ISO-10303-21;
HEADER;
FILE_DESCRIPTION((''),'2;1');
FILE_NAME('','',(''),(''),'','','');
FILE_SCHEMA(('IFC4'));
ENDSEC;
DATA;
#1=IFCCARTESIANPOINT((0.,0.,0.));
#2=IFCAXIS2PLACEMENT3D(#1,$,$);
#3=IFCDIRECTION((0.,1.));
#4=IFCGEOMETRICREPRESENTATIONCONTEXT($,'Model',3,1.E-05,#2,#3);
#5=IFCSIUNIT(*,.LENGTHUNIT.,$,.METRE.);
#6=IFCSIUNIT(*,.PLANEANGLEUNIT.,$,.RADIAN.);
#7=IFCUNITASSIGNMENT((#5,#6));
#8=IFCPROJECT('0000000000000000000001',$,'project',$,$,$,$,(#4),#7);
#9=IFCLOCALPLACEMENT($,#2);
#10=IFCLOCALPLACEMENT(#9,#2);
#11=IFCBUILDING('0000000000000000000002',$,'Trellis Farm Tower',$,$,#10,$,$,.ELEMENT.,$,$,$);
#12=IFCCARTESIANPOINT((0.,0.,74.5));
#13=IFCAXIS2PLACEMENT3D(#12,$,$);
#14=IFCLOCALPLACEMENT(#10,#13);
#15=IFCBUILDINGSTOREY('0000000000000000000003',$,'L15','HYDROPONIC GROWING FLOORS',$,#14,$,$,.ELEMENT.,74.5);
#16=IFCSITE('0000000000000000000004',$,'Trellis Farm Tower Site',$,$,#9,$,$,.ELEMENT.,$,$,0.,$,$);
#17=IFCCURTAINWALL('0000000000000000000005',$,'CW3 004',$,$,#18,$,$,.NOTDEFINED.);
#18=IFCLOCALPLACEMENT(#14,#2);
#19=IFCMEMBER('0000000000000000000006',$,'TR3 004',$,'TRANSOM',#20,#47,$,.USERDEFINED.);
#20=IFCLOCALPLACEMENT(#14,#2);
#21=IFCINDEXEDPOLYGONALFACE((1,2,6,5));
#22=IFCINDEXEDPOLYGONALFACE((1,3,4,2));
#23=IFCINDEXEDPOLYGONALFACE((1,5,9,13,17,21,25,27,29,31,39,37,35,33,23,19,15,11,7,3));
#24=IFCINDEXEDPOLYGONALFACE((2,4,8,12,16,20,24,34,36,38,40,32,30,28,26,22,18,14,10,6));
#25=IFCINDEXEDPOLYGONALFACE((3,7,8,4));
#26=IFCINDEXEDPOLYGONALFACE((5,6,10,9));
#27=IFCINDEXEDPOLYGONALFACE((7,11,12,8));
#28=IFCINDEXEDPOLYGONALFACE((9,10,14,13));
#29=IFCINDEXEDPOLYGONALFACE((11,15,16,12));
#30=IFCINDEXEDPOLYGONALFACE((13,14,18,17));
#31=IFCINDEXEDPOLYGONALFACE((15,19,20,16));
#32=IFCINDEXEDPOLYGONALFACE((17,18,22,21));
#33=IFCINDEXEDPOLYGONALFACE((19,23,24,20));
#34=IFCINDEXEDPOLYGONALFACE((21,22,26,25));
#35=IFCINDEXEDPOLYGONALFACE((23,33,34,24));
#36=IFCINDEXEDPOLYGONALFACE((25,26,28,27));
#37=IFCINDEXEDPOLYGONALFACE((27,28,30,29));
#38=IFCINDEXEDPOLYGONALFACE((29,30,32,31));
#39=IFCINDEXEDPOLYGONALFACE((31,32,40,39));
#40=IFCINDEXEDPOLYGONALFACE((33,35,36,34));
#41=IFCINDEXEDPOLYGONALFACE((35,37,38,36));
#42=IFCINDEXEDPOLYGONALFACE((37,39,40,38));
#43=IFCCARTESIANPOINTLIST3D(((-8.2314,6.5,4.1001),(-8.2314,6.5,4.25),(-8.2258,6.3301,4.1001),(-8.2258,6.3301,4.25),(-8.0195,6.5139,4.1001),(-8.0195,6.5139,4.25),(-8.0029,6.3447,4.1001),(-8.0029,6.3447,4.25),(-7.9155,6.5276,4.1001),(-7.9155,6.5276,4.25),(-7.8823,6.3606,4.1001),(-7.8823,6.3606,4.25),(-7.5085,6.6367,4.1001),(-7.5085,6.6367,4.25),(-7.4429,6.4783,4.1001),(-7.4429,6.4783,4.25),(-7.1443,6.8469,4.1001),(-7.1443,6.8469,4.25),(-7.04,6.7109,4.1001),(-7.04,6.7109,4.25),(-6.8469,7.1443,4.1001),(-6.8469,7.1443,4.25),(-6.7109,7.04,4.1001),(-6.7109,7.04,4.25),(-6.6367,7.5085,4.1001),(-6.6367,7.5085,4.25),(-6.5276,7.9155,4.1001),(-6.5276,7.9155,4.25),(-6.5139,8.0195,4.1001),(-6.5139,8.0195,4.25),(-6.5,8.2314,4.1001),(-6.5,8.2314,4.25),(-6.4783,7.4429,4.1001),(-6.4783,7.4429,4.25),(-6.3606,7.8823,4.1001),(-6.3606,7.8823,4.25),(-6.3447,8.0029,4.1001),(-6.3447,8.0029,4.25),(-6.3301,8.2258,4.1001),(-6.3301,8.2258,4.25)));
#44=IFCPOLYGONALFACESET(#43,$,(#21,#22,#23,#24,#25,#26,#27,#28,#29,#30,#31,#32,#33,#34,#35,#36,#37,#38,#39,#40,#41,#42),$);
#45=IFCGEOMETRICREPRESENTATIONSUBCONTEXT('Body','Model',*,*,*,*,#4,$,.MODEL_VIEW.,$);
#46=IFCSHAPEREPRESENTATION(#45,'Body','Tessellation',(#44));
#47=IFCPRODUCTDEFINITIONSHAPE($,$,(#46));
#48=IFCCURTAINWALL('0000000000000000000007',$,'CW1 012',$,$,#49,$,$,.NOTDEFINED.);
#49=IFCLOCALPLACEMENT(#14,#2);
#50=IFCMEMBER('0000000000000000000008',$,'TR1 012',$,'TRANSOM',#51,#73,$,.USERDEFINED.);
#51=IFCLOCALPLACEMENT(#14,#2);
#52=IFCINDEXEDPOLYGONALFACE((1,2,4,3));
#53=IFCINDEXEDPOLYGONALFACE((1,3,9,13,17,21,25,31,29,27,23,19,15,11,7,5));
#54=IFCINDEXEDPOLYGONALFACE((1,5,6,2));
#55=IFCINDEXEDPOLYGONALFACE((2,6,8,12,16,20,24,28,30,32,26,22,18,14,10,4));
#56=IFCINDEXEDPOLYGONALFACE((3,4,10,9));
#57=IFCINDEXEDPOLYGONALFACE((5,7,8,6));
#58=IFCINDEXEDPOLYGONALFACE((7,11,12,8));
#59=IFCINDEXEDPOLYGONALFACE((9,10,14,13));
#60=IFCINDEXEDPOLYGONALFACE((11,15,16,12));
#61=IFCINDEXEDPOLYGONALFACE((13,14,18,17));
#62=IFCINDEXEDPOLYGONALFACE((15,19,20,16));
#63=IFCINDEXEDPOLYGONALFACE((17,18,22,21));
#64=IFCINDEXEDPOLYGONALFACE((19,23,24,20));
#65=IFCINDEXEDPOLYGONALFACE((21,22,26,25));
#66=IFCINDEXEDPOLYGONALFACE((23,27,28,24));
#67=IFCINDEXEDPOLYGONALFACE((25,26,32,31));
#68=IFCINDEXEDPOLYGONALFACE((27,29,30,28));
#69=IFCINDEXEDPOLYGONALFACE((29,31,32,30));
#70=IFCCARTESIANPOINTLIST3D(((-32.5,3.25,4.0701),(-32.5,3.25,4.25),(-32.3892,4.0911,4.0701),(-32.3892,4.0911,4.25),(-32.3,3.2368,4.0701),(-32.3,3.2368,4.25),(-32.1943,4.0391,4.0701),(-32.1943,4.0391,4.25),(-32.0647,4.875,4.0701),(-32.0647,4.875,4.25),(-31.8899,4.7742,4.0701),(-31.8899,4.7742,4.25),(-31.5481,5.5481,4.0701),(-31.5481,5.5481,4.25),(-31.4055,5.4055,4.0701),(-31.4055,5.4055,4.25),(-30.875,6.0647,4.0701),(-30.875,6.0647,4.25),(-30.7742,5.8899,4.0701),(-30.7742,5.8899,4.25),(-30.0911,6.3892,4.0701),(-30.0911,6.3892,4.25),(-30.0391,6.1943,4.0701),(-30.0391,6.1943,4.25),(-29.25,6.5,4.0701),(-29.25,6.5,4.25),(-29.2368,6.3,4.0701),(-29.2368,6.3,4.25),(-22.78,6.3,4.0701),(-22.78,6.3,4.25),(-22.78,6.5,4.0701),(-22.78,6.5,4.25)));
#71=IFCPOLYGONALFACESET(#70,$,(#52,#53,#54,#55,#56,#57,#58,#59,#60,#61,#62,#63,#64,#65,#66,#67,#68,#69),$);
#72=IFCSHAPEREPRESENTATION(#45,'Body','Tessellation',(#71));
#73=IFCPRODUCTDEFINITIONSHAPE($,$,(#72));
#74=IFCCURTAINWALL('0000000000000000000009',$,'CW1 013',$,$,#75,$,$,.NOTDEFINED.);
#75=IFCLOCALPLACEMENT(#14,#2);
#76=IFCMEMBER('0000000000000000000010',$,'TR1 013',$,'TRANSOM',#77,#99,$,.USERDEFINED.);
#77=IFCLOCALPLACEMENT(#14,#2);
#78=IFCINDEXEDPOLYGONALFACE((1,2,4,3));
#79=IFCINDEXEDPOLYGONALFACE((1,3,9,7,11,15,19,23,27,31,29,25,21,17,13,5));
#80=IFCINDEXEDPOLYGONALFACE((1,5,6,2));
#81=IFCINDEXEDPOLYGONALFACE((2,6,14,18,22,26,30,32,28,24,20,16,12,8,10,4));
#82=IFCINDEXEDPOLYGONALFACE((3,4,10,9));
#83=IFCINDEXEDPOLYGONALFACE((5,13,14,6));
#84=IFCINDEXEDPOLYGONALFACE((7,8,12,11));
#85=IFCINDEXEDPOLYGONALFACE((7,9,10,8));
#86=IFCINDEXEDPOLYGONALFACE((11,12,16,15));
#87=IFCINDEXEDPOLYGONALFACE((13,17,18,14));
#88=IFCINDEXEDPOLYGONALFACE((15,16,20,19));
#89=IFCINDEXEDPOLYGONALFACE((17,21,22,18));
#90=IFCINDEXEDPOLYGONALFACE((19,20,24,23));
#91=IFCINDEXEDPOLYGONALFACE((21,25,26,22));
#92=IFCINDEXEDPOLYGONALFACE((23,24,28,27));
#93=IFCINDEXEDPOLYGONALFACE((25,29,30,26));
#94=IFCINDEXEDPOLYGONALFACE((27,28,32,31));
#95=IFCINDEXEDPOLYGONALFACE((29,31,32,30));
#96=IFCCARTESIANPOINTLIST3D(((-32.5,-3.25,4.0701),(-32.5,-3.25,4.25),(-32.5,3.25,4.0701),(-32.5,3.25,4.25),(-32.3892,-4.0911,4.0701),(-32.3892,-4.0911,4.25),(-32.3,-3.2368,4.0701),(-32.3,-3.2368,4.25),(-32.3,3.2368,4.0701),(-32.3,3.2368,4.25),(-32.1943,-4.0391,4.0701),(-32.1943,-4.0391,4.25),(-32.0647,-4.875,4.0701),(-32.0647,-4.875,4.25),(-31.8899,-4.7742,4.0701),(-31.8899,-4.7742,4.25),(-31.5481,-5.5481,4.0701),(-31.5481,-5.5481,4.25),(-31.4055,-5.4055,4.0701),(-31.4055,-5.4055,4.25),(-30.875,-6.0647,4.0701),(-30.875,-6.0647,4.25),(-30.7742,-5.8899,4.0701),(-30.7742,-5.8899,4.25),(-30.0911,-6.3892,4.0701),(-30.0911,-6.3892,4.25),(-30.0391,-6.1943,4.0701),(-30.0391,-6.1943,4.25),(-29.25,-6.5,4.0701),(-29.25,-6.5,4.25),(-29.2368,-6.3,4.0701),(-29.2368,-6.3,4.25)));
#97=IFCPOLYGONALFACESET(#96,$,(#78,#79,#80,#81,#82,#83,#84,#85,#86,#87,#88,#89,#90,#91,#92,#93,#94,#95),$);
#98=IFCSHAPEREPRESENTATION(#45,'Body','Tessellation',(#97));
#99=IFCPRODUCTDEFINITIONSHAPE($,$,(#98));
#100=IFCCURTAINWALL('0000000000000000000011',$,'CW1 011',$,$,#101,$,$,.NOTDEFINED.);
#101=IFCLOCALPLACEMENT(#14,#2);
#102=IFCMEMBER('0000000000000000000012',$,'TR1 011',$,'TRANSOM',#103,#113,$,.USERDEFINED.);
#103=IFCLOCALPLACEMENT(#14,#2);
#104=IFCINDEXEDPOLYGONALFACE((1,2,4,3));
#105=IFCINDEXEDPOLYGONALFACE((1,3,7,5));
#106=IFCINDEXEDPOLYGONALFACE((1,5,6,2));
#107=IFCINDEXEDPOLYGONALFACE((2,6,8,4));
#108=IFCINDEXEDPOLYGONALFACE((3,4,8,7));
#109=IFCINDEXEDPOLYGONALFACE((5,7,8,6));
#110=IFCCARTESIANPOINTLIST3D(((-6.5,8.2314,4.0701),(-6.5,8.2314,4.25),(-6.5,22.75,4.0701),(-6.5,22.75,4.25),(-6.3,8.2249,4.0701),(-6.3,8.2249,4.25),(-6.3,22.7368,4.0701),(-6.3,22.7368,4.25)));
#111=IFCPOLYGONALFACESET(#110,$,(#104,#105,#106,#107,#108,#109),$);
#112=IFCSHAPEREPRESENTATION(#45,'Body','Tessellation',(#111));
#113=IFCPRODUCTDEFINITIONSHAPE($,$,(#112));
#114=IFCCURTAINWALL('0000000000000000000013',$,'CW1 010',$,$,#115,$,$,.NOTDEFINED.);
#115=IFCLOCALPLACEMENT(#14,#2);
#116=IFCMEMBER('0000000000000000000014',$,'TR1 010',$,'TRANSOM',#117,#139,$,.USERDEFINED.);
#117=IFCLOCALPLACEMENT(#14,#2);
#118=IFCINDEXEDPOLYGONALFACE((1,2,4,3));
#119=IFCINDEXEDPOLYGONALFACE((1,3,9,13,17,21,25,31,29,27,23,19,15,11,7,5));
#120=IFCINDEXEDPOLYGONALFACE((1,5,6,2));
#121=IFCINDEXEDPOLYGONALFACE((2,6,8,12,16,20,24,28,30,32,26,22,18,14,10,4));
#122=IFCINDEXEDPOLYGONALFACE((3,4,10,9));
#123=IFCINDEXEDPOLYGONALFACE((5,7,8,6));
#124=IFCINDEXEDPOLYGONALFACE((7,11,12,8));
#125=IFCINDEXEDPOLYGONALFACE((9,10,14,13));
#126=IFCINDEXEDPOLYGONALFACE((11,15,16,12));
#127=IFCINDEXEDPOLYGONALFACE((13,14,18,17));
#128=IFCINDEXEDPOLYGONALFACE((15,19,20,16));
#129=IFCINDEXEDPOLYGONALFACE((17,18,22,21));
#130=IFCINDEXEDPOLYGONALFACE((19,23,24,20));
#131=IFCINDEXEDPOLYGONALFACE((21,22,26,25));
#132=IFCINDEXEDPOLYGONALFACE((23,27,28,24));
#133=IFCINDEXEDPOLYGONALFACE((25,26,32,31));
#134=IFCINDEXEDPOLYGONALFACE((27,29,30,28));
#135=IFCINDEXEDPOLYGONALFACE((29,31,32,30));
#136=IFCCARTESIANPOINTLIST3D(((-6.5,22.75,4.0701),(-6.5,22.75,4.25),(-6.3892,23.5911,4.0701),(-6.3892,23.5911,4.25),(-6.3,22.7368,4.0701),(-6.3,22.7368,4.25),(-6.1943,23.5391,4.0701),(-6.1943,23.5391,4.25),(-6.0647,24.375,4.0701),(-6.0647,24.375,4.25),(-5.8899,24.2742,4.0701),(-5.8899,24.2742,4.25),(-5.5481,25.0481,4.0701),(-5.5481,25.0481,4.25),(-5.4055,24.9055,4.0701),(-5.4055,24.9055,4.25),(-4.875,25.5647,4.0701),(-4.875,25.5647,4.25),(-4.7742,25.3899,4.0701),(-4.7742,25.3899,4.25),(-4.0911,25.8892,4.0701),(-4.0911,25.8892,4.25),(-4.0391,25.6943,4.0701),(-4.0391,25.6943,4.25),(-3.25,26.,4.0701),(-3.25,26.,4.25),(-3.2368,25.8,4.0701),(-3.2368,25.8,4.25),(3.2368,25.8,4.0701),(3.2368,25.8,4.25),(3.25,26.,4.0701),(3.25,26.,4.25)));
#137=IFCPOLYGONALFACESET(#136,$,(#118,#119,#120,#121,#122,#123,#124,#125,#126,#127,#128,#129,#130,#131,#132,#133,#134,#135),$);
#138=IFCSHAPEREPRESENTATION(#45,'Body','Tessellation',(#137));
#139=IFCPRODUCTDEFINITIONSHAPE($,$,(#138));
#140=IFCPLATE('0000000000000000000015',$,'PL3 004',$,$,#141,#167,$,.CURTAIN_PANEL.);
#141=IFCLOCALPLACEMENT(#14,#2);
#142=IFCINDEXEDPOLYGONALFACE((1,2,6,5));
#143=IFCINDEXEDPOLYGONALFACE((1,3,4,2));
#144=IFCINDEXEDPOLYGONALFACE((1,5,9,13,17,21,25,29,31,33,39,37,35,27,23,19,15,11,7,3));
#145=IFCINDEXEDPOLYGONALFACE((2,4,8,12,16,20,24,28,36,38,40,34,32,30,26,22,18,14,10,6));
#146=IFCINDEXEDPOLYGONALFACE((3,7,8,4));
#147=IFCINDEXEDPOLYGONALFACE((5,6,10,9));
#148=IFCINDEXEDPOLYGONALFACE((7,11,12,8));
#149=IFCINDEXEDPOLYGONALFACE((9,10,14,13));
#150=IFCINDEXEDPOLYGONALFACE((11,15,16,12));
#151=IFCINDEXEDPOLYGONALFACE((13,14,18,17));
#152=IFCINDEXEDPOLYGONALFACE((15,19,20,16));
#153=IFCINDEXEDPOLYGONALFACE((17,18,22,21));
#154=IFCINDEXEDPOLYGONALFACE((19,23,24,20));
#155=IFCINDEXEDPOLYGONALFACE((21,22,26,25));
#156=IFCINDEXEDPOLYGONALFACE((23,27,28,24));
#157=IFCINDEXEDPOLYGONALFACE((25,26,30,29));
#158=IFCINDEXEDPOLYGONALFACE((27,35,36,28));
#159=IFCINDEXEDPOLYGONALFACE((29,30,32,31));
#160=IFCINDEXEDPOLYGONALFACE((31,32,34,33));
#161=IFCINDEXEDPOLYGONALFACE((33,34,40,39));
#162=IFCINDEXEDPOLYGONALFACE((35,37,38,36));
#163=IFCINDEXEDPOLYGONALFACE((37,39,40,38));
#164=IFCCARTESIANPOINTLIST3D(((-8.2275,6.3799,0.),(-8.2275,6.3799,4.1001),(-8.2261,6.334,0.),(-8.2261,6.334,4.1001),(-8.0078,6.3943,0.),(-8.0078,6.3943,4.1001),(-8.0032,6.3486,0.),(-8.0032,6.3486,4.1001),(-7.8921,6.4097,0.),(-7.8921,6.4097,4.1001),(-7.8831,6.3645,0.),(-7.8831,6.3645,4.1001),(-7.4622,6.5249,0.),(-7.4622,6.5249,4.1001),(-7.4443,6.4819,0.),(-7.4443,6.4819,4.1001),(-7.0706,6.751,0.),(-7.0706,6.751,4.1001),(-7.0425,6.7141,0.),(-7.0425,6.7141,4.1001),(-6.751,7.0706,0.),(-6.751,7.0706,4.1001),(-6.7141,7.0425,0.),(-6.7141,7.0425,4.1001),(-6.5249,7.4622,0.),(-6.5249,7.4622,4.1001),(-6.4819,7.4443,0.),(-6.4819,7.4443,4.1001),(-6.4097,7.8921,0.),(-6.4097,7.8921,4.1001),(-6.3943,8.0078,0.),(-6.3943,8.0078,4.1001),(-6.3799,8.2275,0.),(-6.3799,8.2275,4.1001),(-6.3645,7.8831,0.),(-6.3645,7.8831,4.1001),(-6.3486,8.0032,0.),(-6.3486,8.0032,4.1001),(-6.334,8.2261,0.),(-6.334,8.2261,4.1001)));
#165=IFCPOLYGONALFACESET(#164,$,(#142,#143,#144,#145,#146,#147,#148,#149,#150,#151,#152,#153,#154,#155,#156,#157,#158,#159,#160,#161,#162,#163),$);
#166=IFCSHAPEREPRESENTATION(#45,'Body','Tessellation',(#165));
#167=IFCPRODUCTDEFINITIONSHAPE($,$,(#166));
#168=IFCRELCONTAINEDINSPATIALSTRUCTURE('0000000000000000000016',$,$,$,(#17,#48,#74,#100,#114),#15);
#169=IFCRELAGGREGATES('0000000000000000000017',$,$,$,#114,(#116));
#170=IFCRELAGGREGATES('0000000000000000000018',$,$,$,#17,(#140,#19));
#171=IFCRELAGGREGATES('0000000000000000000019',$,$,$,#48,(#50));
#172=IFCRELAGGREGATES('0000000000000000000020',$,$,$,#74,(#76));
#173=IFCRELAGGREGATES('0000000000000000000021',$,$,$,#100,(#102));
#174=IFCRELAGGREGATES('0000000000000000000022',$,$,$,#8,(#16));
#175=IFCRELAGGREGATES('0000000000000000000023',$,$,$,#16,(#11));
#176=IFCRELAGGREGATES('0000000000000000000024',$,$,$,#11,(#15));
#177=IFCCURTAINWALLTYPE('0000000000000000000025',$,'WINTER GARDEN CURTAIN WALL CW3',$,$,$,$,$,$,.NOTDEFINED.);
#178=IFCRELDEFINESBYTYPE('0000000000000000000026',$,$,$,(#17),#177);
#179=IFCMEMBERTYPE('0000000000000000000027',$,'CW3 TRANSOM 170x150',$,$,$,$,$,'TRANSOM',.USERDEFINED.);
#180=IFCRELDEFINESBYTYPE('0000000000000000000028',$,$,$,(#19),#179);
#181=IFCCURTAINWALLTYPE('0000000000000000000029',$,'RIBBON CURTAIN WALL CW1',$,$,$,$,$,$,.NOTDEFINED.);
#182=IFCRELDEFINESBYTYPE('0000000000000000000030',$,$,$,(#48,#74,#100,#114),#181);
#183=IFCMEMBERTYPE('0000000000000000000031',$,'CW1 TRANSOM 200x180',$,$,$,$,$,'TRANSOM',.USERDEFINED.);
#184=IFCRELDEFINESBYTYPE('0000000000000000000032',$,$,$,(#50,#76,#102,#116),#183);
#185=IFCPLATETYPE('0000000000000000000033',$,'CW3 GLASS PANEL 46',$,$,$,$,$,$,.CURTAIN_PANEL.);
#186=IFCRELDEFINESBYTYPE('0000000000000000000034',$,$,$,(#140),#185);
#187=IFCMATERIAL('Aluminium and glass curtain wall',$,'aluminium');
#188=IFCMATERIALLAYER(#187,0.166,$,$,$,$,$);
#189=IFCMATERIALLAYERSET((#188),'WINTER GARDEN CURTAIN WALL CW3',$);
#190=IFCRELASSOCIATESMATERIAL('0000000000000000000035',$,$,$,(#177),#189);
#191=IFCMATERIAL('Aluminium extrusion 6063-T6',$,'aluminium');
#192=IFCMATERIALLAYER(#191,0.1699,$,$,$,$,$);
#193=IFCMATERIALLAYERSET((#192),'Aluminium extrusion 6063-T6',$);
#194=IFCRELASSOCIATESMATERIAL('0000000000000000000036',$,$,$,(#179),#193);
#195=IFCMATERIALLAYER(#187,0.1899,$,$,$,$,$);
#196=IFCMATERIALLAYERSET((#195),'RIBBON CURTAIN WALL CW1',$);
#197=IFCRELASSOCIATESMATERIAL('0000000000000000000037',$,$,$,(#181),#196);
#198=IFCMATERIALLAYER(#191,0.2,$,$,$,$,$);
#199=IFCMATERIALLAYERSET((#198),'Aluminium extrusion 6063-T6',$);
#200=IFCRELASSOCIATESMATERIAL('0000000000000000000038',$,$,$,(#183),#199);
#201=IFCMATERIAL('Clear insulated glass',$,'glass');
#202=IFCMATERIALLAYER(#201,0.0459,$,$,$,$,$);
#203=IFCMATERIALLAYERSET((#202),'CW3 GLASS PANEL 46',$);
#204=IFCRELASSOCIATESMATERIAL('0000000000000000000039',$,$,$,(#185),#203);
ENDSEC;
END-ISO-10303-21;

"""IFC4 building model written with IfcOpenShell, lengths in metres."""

from ifc_helpers import new_model, si_unit, direction, frame, origin, place, context, subcontext, project, spatial, polyline, outline, extrude, source, transform, mapped, material, layer, layer_set, type_object, element, aggregate, save


model = new_model("IFC4")

# Units and contexts
model_context = context("Model", 3, precision=1e-05, world=origin(), true_north=direction((0.0, 1.0)))
body_context = subcontext(model_context, "Body", "Model", "MODEL_VIEW")
ifc_project = project(units=[si_unit("LENGTHUNIT", "METRE"), si_unit("PLANEANGLEUNIT", "RADIAN")], contexts=[model_context])

# Site, building, storey
site_placement = place(None, origin())
site = spatial("IfcSite", under=ifc_project, at=site_placement, Name="Trellis Farm Tower Site", CompositionType="ELEMENT", RefElevation=0.0)
building_placement = place(site_placement, origin())
building = spatial("IfcBuilding", under=site, at=building_placement, Name="Trellis Farm Tower", CompositionType="ELEMENT")
storey_placement = place(building_placement, frame((0.0, 0.0, 74.5)))
storey = spatial("IfcBuildingStorey", under=building, at=storey_placement, Name="L15", Description="HYDROPONIC GROWING FLOORS", CompositionType="ELEMENT", Elevation=74.5)

# Curtain walls, members
ifc_material_1 = material(Name="Aluminium and glass curtain wall", Category="aluminium")
ifc_layer_1 = layer(ifc_material_1, 0.166)
ifc_layer_set_1 = layer_set([ifc_layer_1], Name="WINTER GARDEN CURTAIN WALL CW3")
curtain_wall_type_1 = type_object("IfcCurtainWallType", Name="WINTER GARDEN CURTAIN WALL CW3", PredefinedType="NOTDEFINED", material=ifc_layer_set_1)
placement_1 = place(storey_placement, origin())
curtain_wall_1 = element("IfcCurtainWall", 1, at=placement_1, inside=storey, type_object=curtain_wall_type_1, Name="CW3 004", PredefinedType="NOTDEFINED")
ifc_material_2 = material(Name="Aluminium extrusion 6063-T6", Category="aluminium")
ifc_layer_2 = layer(ifc_material_2, 0.1699)
ifc_layer_set_2 = layer_set([ifc_layer_2], Name="Aluminium extrusion 6063-T6")
member_type_1 = type_object("IfcMemberType", Name="CW3 TRANSOM 170x150", ElementType="TRANSOM", PredefinedType="USERDEFINED", material=ifc_layer_set_2)
shared_shape_1 = source(origin(), body_context, "Body", "SweptSolid", [
    extrude(outline(polyline([(-6.5, 8.2314), (-6.5139, 8.0195), (-6.5276, 7.9155), (-6.6367, 7.5085), (-6.8469, 7.1443), (-7.1443, 6.8469), (-7.5085, 6.6367), (-7.9155, 6.5276), (-8.0195, 6.5139), (-8.2314, 6.5), (-8.2258, 6.3301), (-8.0029, 6.3447), (-7.8823, 6.3606), (-7.4429, 6.4783), (-7.04, 6.7109), (-6.7109, 7.04), (-6.4783, 7.4429), (-6.3606, 7.8823), (-6.3447, 8.0029), (-6.3301, 8.2258), (-6.5, 8.2314)])), origin(), (0.0, 0.0, 1.0), 0.1499),
])
member_1_placement = place(storey_placement, frame((0.0, 0.0, 4.1001)))
member_1 = element("IfcMember", 2, at=member_1_placement, type_object=member_type_1, Name="TR3 004", ObjectType="TRANSOM", PredefinedType="USERDEFINED", context=body_context, shape_type="MappedRepresentation", body=[
    mapped(shared_shape_1, transform((0.0, 0.0, 0.0))),
])
ifc_layer_3 = layer(ifc_material_1, 0.1899)
ifc_layer_set_3 = layer_set([ifc_layer_3], Name="RIBBON CURTAIN WALL CW1")
curtain_wall_type_2 = type_object("IfcCurtainWallType", Name="RIBBON CURTAIN WALL CW1", PredefinedType="NOTDEFINED", material=ifc_layer_set_3)
curtain_wall_2 = element("IfcCurtainWall", 3, at=placement_1, inside=storey, type_object=curtain_wall_type_2, Name="CW1 012", PredefinedType="NOTDEFINED")
ifc_layer_4 = layer(ifc_material_2, 0.2)
ifc_layer_set_4 = layer_set([ifc_layer_4], Name="Aluminium extrusion 6063-T6")
member_type_2 = type_object("IfcMemberType", Name="CW1 TRANSOM 200x180", ElementType="TRANSOM", PredefinedType="USERDEFINED", material=ifc_layer_set_4)
shared_shape_2 = source(origin(), body_context, "Body", "SweptSolid", [
    extrude(outline(polyline([(-22.78, 6.5), (-29.25, 6.5), (-30.0911, 6.3892), (-30.875, 6.0647), (-31.5481, 5.5481), (-32.0647, 4.875), (-32.3892, 4.0911), (-32.5, 3.25), (-32.3, 3.2368), (-32.1943, 4.0391), (-31.8899, 4.7742), (-31.4055, 5.4055), (-30.7742, 5.8899), (-30.0391, 6.1943), (-29.2368, 6.3), (-22.78, 6.3), (-22.78, 6.5)])), origin(), (0.0, 0.0, 1.0), 0.1799),
])
placement_2 = place(storey_placement, frame((0.0, 0.0, 4.0701)))
member_2 = element("IfcMember", 4, at=placement_2, type_object=member_type_2, Name="TR1 012", ObjectType="TRANSOM", PredefinedType="USERDEFINED", context=body_context, shape_type="MappedRepresentation", body=[
    mapped(shared_shape_2, transform((0.0, 0.0, 0.0))),
])
curtain_wall_3 = element("IfcCurtainWall", 5, at=placement_1, inside=storey, type_object=curtain_wall_type_2, Name="CW1 013", PredefinedType="NOTDEFINED")
shared_shape_3 = source(origin(), body_context, "Body", "SweptSolid", [
    extrude(outline(polyline([(-32.5, 3.25), (-32.5, -3.25), (-32.3892, -4.0911), (-32.0647, -4.875), (-31.5481, -5.5481), (-30.875, -6.0647), (-30.0911, -6.3892), (-29.25, -6.5), (-29.2368, -6.3), (-30.0391, -6.1943), (-30.7742, -5.8899), (-31.4055, -5.4055), (-31.8899, -4.7742), (-32.1943, -4.0391), (-32.3, -3.2368), (-32.3, 3.2368), (-32.5, 3.25)])), origin(), (0.0, 0.0, 1.0), 0.1799),
])
member_3 = element("IfcMember", 6, at=placement_2, type_object=member_type_2, Name="TR1 013", ObjectType="TRANSOM", PredefinedType="USERDEFINED", context=body_context, shape_type="MappedRepresentation", body=[
    mapped(shared_shape_3, transform((0.0, 0.0, 0.0))),
])
curtain_wall_4 = element("IfcCurtainWall", 7, at=placement_1, inside=storey, type_object=curtain_wall_type_2, Name="CW1 011", PredefinedType="NOTDEFINED")
shared_shape_4 = source(origin(), body_context, "Body", "SweptSolid", [
    extrude(outline(polyline([(-6.5, 22.75), (-6.5, 8.2314), (-6.3, 8.2249), (-6.3, 22.7368), (-6.5, 22.75)])), origin(), (0.0, 0.0, 1.0), 0.1799),
])
member_4 = element("IfcMember", 8, at=placement_2, type_object=member_type_2, Name="TR1 011", ObjectType="TRANSOM", PredefinedType="USERDEFINED", context=body_context, shape_type="MappedRepresentation", body=[
    mapped(shared_shape_4, transform((0.0, 0.0, 0.0))),
])
curtain_wall_5 = element("IfcCurtainWall", 9, at=placement_1, inside=storey, type_object=curtain_wall_type_2, Name="CW1 010", PredefinedType="NOTDEFINED")
shared_shape_5 = source(origin(), body_context, "Body", "SweptSolid", [
    extrude(outline(polyline([(3.25, 26.0), (-3.25, 26.0), (-4.0911, 25.8892), (-4.875, 25.5647), (-5.5481, 25.0481), (-6.0647, 24.375), (-6.3892, 23.5911), (-6.5, 22.75), (-6.3, 22.7368), (-6.1943, 23.5391), (-5.8899, 24.2742), (-5.4055, 24.9055), (-4.7742, 25.3899), (-4.0391, 25.6943), (-3.2368, 25.8), (3.2368, 25.8), (3.25, 26.0)])), origin(), (0.0, 0.0, 1.0), 0.1799),
])
member_5 = element("IfcMember", 10, at=placement_2, type_object=member_type_2, Name="TR1 010", ObjectType="TRANSOM", PredefinedType="USERDEFINED", context=body_context, shape_type="MappedRepresentation", body=[
    mapped(shared_shape_5, transform((0.0, 0.0, 0.0))),
])
aggregate(curtain_wall_5, [member_5])

# Plate
ifc_material_3 = material(Name="Clear insulated glass", Category="glass")
ifc_layer_5 = layer(ifc_material_3, 0.0459)
ifc_layer_set_5 = layer_set([ifc_layer_5], Name="CW3 GLASS PANEL 46")
plate_type_1 = type_object("IfcPlateType", Name="CW3 GLASS PANEL 46", PredefinedType="CURTAIN_PANEL", material=ifc_layer_set_5)
shared_shape_6 = source(origin(), body_context, "Body", "SweptSolid", [
    extrude(outline(polyline([(-6.3799, 8.2275), (-6.3943, 8.0078), (-6.4097, 7.8921), (-6.5249, 7.4622), (-6.751, 7.0706), (-7.0706, 6.751), (-7.4622, 6.5249), (-7.8921, 6.4097), (-8.0078, 6.3943), (-8.2275, 6.3799), (-8.2261, 6.334), (-8.0032, 6.3486), (-7.8831, 6.3645), (-7.4443, 6.4819), (-7.0425, 6.7141), (-6.7141, 7.0425), (-6.4819, 7.4443), (-6.3645, 7.8831), (-6.3486, 8.0032), (-6.334, 8.2261), (-6.3799, 8.2275)])), origin(), (0.0, 0.0, 1.0), 4.1001),
])
plate_1 = element("IfcPlate", 11, at=placement_1, type_object=plate_type_1, Name="PL3 004", PredefinedType="CURTAIN_PANEL", context=body_context, shape_type="MappedRepresentation", body=[
    mapped(shared_shape_6, transform((0.0, 0.0, 0.0))),
])
aggregate(curtain_wall_1, [plate_1, member_1])
aggregate(curtain_wall_2, [member_2])
aggregate(curtain_wall_3, [member_3])
aggregate(curtain_wall_4, [member_4])

save(model, "model.ifc")
